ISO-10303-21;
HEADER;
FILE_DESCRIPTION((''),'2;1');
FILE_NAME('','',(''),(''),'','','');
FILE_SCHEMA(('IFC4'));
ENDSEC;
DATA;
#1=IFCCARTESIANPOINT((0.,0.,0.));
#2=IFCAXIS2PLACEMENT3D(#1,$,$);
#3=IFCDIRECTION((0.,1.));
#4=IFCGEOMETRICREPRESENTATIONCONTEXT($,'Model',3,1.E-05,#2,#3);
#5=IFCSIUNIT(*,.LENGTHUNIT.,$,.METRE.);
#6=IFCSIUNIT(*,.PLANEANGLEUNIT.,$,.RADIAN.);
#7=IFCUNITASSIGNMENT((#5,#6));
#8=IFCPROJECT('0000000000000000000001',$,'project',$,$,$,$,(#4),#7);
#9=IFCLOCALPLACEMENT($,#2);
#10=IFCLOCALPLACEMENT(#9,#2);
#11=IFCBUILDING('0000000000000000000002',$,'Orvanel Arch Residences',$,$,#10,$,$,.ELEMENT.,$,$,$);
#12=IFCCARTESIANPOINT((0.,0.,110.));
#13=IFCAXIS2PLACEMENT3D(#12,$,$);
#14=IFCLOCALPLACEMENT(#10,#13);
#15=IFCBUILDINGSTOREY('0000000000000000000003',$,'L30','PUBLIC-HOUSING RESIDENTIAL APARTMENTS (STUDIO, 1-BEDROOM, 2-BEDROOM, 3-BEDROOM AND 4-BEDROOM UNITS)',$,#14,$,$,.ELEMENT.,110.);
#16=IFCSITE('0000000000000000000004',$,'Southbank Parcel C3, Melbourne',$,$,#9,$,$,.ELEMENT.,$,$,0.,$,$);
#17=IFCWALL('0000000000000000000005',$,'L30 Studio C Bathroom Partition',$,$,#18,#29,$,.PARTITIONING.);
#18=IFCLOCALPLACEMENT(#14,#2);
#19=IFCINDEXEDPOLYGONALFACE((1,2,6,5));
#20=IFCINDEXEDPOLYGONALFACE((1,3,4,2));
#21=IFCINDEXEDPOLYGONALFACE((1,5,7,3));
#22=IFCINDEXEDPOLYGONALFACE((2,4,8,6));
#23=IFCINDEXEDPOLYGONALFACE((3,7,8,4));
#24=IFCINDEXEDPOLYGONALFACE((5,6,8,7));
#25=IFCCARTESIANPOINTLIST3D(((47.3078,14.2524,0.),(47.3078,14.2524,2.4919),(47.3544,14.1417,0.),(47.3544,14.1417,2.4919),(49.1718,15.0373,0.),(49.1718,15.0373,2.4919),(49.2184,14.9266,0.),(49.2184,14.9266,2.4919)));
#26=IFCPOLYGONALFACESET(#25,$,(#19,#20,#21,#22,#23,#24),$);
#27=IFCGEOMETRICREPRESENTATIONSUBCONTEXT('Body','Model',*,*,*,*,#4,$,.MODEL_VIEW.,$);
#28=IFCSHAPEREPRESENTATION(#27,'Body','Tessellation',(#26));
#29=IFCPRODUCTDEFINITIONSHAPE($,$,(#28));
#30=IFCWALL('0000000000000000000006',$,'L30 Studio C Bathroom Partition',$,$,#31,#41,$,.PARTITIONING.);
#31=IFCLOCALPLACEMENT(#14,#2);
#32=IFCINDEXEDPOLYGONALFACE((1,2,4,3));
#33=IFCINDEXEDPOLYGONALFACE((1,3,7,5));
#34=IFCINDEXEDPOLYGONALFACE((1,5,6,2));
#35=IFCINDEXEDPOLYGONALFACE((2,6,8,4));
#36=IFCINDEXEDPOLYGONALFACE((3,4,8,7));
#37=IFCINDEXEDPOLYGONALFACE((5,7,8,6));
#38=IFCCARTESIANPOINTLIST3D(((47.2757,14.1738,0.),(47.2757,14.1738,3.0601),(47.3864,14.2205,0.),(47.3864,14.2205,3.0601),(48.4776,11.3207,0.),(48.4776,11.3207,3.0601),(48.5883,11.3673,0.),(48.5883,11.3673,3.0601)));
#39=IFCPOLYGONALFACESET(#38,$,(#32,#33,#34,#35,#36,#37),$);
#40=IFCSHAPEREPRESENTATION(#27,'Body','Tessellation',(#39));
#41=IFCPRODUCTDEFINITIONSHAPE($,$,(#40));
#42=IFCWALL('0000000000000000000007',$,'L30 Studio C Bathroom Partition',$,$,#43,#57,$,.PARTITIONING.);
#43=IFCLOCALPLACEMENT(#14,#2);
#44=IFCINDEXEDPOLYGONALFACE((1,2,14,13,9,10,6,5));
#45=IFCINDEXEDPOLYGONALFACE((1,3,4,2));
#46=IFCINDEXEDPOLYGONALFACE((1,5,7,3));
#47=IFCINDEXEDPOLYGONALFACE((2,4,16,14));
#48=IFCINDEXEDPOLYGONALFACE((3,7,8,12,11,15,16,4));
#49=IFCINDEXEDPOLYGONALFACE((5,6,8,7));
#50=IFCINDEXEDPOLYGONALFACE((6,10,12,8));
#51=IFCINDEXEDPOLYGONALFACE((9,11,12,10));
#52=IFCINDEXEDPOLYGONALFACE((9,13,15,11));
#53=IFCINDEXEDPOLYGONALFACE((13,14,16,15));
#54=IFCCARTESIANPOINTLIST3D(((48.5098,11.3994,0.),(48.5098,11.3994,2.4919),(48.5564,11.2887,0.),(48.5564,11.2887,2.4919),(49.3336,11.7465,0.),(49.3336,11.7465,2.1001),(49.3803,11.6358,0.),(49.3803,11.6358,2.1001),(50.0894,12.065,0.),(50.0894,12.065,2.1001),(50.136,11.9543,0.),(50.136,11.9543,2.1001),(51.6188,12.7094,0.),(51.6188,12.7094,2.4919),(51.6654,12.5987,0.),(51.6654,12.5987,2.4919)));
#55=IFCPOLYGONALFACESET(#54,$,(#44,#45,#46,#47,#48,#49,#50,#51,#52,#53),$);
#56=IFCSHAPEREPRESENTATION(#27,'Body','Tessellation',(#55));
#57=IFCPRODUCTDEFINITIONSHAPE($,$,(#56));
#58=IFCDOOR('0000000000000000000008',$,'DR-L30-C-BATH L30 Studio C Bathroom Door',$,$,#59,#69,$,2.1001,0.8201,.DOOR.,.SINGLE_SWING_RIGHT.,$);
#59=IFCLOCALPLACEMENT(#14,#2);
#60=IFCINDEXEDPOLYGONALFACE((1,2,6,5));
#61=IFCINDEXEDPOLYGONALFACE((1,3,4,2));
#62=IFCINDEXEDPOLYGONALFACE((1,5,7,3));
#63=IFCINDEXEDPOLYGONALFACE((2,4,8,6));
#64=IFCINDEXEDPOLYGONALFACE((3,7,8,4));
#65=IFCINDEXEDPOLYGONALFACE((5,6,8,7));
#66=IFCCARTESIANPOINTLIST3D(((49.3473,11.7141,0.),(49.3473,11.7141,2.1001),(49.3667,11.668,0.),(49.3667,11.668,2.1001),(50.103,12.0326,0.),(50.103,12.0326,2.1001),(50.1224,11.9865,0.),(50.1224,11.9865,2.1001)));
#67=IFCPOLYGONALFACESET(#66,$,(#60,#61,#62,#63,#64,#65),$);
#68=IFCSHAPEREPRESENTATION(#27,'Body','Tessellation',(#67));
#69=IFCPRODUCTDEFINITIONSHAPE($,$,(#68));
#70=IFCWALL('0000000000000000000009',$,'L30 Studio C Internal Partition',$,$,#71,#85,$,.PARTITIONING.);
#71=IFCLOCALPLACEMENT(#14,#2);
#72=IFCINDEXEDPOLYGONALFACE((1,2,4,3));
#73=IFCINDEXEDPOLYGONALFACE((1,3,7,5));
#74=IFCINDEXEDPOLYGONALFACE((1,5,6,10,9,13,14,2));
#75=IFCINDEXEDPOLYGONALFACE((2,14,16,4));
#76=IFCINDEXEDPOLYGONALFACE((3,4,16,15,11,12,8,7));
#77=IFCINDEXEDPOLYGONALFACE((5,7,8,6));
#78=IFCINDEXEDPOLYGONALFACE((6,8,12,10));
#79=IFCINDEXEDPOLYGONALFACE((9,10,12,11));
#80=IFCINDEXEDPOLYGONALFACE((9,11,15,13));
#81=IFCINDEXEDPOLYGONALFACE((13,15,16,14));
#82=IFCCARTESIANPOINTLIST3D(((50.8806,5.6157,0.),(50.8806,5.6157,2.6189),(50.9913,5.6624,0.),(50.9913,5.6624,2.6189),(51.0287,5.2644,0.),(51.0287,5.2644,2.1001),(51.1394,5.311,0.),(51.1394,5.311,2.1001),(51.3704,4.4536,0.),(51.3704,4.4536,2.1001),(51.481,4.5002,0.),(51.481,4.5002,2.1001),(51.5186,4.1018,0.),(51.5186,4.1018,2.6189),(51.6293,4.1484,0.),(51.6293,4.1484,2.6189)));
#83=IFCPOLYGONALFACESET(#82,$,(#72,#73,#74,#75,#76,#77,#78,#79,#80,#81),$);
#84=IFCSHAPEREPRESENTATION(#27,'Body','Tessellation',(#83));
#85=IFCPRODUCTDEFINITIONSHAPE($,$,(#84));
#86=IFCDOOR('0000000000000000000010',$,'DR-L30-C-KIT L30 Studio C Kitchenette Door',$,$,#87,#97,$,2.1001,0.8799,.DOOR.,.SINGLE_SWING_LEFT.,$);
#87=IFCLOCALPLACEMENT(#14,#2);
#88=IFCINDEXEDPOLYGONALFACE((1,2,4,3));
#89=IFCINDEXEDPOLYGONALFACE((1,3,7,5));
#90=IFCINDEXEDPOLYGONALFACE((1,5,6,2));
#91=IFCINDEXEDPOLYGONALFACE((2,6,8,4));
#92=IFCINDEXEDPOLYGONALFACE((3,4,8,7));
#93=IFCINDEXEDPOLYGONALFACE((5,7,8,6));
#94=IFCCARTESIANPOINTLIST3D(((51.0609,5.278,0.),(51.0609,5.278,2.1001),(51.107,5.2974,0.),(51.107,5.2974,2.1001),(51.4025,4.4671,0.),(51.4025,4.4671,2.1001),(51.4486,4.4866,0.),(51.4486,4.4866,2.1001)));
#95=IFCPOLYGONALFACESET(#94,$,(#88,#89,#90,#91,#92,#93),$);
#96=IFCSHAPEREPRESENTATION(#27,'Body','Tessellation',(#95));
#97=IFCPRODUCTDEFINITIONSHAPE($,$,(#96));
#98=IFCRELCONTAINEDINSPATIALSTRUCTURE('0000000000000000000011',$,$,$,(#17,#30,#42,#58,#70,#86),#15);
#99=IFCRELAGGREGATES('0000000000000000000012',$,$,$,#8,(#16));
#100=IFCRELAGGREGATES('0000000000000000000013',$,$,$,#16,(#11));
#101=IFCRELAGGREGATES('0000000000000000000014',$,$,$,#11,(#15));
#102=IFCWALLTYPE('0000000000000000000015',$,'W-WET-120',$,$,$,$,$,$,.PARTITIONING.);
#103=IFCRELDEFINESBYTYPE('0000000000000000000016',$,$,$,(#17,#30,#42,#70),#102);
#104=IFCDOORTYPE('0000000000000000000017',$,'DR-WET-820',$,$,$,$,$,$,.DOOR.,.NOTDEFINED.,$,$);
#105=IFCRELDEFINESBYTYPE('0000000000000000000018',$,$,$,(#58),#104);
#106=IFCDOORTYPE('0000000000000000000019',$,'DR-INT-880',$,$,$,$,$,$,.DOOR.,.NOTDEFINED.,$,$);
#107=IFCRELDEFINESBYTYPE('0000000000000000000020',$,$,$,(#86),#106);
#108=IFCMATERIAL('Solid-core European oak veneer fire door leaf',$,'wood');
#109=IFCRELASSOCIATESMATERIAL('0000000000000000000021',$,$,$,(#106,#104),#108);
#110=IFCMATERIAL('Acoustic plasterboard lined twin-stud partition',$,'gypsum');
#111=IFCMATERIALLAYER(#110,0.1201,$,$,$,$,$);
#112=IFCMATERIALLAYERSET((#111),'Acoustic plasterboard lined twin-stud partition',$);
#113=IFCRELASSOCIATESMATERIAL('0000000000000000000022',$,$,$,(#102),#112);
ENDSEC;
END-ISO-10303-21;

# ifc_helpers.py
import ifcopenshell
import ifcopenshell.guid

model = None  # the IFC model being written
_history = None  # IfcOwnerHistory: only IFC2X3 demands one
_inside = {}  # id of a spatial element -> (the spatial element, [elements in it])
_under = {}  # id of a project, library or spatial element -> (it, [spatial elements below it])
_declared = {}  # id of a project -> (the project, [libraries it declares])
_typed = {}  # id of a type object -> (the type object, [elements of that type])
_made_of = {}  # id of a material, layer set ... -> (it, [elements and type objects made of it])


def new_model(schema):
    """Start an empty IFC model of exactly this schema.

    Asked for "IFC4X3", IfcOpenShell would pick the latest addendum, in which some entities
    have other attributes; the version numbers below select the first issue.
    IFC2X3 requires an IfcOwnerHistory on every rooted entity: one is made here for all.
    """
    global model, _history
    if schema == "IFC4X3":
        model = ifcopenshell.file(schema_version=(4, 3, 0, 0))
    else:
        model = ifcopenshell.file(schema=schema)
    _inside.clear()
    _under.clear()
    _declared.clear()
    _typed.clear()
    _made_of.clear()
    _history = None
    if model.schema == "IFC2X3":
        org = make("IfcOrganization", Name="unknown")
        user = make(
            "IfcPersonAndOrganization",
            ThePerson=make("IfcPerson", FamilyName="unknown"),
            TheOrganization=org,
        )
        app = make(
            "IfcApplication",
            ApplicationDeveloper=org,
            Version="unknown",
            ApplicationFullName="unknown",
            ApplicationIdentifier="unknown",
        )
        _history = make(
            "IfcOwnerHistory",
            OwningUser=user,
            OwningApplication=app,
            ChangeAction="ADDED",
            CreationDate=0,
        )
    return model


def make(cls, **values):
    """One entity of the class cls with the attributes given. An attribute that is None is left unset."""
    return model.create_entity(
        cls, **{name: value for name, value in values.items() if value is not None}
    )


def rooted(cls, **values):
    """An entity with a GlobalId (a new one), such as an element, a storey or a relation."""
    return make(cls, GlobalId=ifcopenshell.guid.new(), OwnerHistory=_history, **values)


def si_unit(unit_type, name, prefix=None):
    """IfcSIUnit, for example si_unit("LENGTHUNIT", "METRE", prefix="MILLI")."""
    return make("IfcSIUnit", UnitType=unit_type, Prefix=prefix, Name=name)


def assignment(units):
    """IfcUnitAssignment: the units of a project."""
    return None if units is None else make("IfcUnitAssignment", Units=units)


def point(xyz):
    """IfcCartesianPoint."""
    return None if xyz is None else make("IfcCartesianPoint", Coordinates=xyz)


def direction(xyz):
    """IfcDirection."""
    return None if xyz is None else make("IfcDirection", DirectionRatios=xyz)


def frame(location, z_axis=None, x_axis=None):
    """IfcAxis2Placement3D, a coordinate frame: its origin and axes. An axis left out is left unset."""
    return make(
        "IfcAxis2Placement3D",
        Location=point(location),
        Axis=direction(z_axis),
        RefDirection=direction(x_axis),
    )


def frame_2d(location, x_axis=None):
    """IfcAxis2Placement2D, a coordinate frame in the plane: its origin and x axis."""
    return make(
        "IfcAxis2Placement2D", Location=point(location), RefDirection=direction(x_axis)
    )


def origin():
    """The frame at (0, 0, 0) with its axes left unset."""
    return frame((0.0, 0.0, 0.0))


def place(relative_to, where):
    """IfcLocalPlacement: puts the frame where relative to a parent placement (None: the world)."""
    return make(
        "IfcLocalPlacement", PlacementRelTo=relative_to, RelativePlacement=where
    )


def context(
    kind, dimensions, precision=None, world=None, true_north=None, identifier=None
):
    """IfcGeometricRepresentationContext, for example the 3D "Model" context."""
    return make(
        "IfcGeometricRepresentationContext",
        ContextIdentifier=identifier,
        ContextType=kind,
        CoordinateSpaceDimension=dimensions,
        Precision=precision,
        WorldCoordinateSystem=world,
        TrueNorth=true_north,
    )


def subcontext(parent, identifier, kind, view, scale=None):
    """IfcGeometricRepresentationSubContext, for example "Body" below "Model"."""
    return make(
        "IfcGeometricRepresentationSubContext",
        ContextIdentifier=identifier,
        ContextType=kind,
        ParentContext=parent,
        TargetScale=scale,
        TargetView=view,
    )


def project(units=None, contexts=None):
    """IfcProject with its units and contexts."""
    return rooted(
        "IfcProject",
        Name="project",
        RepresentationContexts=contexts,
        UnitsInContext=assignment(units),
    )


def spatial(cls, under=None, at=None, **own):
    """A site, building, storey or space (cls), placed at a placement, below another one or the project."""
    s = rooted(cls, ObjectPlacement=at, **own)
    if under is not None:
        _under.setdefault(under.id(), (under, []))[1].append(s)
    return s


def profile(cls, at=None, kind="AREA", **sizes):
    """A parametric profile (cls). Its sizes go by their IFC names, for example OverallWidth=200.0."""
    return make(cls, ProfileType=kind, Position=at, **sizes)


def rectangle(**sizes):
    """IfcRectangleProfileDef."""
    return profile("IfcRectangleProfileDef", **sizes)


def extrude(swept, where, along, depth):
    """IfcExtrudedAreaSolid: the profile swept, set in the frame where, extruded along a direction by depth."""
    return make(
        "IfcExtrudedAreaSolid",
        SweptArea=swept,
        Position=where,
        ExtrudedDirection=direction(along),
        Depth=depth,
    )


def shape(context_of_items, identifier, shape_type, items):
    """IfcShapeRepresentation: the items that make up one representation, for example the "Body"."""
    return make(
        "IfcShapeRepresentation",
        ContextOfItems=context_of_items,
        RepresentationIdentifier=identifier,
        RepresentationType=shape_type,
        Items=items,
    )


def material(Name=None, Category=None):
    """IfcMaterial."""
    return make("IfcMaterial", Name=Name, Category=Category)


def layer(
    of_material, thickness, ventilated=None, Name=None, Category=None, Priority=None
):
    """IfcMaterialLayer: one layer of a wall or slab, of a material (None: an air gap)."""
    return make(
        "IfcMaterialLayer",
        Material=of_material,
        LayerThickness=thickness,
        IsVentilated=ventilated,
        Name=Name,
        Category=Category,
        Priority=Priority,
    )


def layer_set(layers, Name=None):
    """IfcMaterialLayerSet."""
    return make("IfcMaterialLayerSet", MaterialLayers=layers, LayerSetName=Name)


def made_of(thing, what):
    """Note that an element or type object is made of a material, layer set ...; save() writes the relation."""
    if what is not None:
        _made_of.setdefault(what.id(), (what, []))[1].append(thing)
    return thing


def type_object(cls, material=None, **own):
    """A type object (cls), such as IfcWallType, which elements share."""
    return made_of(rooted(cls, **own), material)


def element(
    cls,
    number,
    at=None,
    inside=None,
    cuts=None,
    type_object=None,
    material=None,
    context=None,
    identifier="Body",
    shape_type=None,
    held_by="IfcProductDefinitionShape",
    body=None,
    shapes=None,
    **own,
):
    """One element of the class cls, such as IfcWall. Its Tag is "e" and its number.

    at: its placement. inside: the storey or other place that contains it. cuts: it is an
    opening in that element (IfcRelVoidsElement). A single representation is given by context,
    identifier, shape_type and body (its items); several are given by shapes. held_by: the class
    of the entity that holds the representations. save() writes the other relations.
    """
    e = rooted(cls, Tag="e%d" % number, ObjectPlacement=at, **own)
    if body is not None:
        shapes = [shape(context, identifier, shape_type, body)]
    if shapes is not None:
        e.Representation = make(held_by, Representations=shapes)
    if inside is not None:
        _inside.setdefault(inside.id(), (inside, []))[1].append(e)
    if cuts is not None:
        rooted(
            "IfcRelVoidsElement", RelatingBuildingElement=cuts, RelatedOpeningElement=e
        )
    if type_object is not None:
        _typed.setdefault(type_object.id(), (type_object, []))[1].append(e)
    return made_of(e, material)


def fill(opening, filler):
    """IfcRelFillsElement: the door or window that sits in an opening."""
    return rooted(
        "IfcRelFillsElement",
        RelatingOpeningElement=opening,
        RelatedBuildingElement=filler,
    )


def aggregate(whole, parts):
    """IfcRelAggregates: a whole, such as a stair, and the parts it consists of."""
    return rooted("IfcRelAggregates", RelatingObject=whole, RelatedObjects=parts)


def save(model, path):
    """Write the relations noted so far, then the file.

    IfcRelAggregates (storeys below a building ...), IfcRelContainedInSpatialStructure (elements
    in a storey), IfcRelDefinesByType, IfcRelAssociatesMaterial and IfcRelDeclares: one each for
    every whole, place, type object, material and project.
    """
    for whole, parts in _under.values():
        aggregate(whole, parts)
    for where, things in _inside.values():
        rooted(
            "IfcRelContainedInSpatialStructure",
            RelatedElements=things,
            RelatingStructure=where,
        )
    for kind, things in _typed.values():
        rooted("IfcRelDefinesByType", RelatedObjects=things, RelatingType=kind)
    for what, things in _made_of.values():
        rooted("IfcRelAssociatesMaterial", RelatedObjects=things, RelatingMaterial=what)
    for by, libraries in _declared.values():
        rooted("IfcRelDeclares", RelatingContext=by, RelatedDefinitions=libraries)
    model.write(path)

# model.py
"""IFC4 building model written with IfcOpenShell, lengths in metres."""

from ifc_helpers import new_model, si_unit, direction, frame, frame_2d, origin, place, context, subcontext, project, spatial, rectangle, extrude, material, layer, layer_set, type_object, element, fill, save


model = new_model("IFC4")

# Units and contexts
model_context = context("Model", 3, precision=1e-05, world=origin(), true_north=direction((0.0, 1.0)))
body_context = subcontext(model_context, "Body", "Model", "MODEL_VIEW")
ifc_project = project(units=[si_unit("LENGTHUNIT", "METRE"), si_unit("PLANEANGLEUNIT", "RADIAN")], contexts=[model_context])

# Site, building, storey
site_placement = place(None, origin())
site = spatial("IfcSite", under=ifc_project, at=site_placement, Name="Southbank Parcel C3, Melbourne", CompositionType="ELEMENT", RefElevation=0.0)
building_placement = place(site_placement, origin())
building = spatial("IfcBuilding", under=site, at=building_placement, Name="Orvanel Arch Residences", CompositionType="ELEMENT")
storey_placement = place(building_placement, frame((0.0, 0.0, 110.0)))
storey = spatial("IfcBuildingStorey", under=building, at=storey_placement, Name="L30", Description="PUBLIC-HOUSING RESIDENTIAL APARTMENTS (STUDIO, 1-BEDROOM, 2-BEDROOM, 3-BEDROOM AND 4-BEDROOM UNITS)", CompositionType="ELEMENT", Elevation=110.0)

# Shared definitions
ifc_material_1 = material(Name="Acoustic plasterboard lined twin-stud partition", Category="gypsum")
ifc_material_2 = material(Name="Solid-core European oak veneer fire door leaf", Category="wood")
door_type_1 = type_object("IfcDoorType", Name="DR-INT-880", OperationType="NOTDEFINED", PredefinedType="DOOR", material=ifc_material_2)

# Shared definitions
ifc_layer_1 = layer(ifc_material_1, 0.1201)
ifc_layer_set_1 = layer_set([ifc_layer_1], Name="Acoustic plasterboard lined twin-stud partition")
wall_type_1 = type_object("IfcWallType", Name="W-WET-120", PredefinedType="PARTITIONING", material=ifc_layer_set_1)
door_type_2 = type_object("IfcDoorType", Name="DR-WET-820", OperationType="NOTDEFINED", PredefinedType="DOOR", material=ifc_material_2)

# Walls
wall_1_placement = place(storey_placement, frame((49.1951, 14.9819, 0.0), z_axis=(0.0, 0.0, 1.0), x_axis=(-0.921624, -0.388084, 0.0)))
element("IfcWall", 1, at=wall_1_placement, inside=storey, type_object=wall_type_1, Name="L30 Studio C Bathroom Partition", PredefinedType="PARTITIONING", context=body_context, shape_type="SweptSolid", body=[
    extrude(rectangle(XDim=2.0225, YDim=0.1201, at=frame_2d((1.0112, 0.0))), origin(), (0.0, 0.0, 1.0), 2.4919),
])
wall_2_placement = place(storey_placement, frame((47.3311, 14.197, 0.0), z_axis=(0.0, 0.0, 1.0), x_axis=(0.38823, -0.921563, 0.0)))
element("IfcWall", 2, at=wall_2_placement, inside=storey, type_object=wall_type_1, Name="L30 Studio C Bathroom Partition", PredefinedType="PARTITIONING", context=body_context, shape_type="SweptSolid", body=[
    extrude(rectangle(XDim=3.0959, YDim=0.1201, at=frame_2d((1.5479, 0.0))), origin(), (0.0, 0.0, 1.0), 3.0601),
])

# Walls, openings, doors
wall_3_placement = place(storey_placement, frame((48.533, 11.344, 0.0), z_axis=(0.0, 0.0, 1.0), x_axis=(0.921535, 0.388296, 0.0)))
wall_3 = element("IfcWall", 3, at=wall_3_placement, inside=storey, type_object=wall_type_1, Name="L30 Studio C Bathroom Partition", PredefinedType="PARTITIONING", context=body_context, shape_type="SweptSolid", body=[
    extrude(rectangle(XDim=3.3738, YDim=0.1201, at=frame_2d((1.687, 0.0))), origin(), (0.0, 0.0, 1.0), 2.4919),
])
opening_1_placement = place(wall_3_placement, frame((0.894, 0.0, 0.0)))
opening_1 = element("IfcOpeningElement", 4, at=opening_1_placement, cuts=wall_3, PredefinedType="OPENING", context=body_context, shape_type="SweptSolid", body=[
    extrude(rectangle(XDim=0.8201, YDim=2.1001, at=frame_2d((0.4102, 1.05))), frame((0.0, 0.0701, 0.0), z_axis=(0.0, -1.0, 0.0), x_axis=(1.0, 0.0, 0.0)), (0.0, 0.0, 1.0), 0.1401),
])
door_1_placement = place(opening_1_placement, origin())
door_1 = element("IfcDoor", 5, at=door_1_placement, inside=storey, type_object=door_type_2, Name="DR-L30-C-BATH L30 Studio C Bathroom Door", OperationType="SINGLE_SWING_RIGHT", OverallHeight=2.1001, OverallWidth=0.8201, PredefinedType="DOOR", context=body_context, shape_type="SweptSolid", body=[
    extrude(rectangle(XDim=0.8201, YDim=2.1001, at=frame_2d((0.4102, 1.05))), frame((0.0, 0.0249, 0.0), z_axis=(0.0, -1.0, 0.0), x_axis=(1.0, 0.0, 0.0)), (0.0, 0.0, 1.0), 0.05),
])
fill(opening_1, door_1)
wall_4_placement = place(storey_placement, frame((50.936, 5.6389, 0.0), z_axis=(0.0, 0.0, 1.0), x_axis=(0.388316, -0.921526, 0.0)))
wall_4 = element("IfcWall", 6, at=wall_4_placement, inside=storey, type_object=wall_type_1, Name="L30 Studio C Internal Partition", PredefinedType="PARTITIONING", context=body_context, shape_type="SweptSolid", body=[
    extrude(rectangle(XDim=1.6428, YDim=0.1201, at=frame_2d((0.8213, 0.0))), origin(), (0.0, 0.0, 1.0), 2.6189),
])
opening_2_placement = place(wall_4_placement, frame((0.3811, 0.0, 0.0)))
opening_2 = element("IfcOpeningElement", 7, at=opening_2_placement, cuts=wall_4, PredefinedType="OPENING", context=body_context, shape_type="SweptSolid", body=[
    extrude(rectangle(XDim=0.8799, YDim=2.1001, at=frame_2d((0.4399, 1.05))), frame((0.0, 0.0701, 0.0), z_axis=(0.0, -1.0, 0.0), x_axis=(1.0, 0.0, 0.0)), (0.0, 0.0, 1.0), 0.1401),
])
door_2_placement = place(opening_2_placement, origin())
door_2 = element("IfcDoor", 8, at=door_2_placement, inside=storey, type_object=door_type_1, Name="DR-L30-C-KIT L30 Studio C Kitchenette Door", OperationType="SINGLE_SWING_LEFT", OverallHeight=2.1001, OverallWidth=0.8799, PredefinedType="DOOR", context=body_context, shape_type="SweptSolid", body=[
    extrude(rectangle(XDim=0.8799, YDim=2.1001, at=frame_2d((0.4399, 1.05))), frame((0.0, 0.0249, 0.0), z_axis=(0.0, -1.0, 0.0), x_axis=(1.0, 0.0, 0.0)), (0.0, 0.0, 1.0), 0.05),
])
fill(opening_2, door_2)

save(model, "model.ifc")
